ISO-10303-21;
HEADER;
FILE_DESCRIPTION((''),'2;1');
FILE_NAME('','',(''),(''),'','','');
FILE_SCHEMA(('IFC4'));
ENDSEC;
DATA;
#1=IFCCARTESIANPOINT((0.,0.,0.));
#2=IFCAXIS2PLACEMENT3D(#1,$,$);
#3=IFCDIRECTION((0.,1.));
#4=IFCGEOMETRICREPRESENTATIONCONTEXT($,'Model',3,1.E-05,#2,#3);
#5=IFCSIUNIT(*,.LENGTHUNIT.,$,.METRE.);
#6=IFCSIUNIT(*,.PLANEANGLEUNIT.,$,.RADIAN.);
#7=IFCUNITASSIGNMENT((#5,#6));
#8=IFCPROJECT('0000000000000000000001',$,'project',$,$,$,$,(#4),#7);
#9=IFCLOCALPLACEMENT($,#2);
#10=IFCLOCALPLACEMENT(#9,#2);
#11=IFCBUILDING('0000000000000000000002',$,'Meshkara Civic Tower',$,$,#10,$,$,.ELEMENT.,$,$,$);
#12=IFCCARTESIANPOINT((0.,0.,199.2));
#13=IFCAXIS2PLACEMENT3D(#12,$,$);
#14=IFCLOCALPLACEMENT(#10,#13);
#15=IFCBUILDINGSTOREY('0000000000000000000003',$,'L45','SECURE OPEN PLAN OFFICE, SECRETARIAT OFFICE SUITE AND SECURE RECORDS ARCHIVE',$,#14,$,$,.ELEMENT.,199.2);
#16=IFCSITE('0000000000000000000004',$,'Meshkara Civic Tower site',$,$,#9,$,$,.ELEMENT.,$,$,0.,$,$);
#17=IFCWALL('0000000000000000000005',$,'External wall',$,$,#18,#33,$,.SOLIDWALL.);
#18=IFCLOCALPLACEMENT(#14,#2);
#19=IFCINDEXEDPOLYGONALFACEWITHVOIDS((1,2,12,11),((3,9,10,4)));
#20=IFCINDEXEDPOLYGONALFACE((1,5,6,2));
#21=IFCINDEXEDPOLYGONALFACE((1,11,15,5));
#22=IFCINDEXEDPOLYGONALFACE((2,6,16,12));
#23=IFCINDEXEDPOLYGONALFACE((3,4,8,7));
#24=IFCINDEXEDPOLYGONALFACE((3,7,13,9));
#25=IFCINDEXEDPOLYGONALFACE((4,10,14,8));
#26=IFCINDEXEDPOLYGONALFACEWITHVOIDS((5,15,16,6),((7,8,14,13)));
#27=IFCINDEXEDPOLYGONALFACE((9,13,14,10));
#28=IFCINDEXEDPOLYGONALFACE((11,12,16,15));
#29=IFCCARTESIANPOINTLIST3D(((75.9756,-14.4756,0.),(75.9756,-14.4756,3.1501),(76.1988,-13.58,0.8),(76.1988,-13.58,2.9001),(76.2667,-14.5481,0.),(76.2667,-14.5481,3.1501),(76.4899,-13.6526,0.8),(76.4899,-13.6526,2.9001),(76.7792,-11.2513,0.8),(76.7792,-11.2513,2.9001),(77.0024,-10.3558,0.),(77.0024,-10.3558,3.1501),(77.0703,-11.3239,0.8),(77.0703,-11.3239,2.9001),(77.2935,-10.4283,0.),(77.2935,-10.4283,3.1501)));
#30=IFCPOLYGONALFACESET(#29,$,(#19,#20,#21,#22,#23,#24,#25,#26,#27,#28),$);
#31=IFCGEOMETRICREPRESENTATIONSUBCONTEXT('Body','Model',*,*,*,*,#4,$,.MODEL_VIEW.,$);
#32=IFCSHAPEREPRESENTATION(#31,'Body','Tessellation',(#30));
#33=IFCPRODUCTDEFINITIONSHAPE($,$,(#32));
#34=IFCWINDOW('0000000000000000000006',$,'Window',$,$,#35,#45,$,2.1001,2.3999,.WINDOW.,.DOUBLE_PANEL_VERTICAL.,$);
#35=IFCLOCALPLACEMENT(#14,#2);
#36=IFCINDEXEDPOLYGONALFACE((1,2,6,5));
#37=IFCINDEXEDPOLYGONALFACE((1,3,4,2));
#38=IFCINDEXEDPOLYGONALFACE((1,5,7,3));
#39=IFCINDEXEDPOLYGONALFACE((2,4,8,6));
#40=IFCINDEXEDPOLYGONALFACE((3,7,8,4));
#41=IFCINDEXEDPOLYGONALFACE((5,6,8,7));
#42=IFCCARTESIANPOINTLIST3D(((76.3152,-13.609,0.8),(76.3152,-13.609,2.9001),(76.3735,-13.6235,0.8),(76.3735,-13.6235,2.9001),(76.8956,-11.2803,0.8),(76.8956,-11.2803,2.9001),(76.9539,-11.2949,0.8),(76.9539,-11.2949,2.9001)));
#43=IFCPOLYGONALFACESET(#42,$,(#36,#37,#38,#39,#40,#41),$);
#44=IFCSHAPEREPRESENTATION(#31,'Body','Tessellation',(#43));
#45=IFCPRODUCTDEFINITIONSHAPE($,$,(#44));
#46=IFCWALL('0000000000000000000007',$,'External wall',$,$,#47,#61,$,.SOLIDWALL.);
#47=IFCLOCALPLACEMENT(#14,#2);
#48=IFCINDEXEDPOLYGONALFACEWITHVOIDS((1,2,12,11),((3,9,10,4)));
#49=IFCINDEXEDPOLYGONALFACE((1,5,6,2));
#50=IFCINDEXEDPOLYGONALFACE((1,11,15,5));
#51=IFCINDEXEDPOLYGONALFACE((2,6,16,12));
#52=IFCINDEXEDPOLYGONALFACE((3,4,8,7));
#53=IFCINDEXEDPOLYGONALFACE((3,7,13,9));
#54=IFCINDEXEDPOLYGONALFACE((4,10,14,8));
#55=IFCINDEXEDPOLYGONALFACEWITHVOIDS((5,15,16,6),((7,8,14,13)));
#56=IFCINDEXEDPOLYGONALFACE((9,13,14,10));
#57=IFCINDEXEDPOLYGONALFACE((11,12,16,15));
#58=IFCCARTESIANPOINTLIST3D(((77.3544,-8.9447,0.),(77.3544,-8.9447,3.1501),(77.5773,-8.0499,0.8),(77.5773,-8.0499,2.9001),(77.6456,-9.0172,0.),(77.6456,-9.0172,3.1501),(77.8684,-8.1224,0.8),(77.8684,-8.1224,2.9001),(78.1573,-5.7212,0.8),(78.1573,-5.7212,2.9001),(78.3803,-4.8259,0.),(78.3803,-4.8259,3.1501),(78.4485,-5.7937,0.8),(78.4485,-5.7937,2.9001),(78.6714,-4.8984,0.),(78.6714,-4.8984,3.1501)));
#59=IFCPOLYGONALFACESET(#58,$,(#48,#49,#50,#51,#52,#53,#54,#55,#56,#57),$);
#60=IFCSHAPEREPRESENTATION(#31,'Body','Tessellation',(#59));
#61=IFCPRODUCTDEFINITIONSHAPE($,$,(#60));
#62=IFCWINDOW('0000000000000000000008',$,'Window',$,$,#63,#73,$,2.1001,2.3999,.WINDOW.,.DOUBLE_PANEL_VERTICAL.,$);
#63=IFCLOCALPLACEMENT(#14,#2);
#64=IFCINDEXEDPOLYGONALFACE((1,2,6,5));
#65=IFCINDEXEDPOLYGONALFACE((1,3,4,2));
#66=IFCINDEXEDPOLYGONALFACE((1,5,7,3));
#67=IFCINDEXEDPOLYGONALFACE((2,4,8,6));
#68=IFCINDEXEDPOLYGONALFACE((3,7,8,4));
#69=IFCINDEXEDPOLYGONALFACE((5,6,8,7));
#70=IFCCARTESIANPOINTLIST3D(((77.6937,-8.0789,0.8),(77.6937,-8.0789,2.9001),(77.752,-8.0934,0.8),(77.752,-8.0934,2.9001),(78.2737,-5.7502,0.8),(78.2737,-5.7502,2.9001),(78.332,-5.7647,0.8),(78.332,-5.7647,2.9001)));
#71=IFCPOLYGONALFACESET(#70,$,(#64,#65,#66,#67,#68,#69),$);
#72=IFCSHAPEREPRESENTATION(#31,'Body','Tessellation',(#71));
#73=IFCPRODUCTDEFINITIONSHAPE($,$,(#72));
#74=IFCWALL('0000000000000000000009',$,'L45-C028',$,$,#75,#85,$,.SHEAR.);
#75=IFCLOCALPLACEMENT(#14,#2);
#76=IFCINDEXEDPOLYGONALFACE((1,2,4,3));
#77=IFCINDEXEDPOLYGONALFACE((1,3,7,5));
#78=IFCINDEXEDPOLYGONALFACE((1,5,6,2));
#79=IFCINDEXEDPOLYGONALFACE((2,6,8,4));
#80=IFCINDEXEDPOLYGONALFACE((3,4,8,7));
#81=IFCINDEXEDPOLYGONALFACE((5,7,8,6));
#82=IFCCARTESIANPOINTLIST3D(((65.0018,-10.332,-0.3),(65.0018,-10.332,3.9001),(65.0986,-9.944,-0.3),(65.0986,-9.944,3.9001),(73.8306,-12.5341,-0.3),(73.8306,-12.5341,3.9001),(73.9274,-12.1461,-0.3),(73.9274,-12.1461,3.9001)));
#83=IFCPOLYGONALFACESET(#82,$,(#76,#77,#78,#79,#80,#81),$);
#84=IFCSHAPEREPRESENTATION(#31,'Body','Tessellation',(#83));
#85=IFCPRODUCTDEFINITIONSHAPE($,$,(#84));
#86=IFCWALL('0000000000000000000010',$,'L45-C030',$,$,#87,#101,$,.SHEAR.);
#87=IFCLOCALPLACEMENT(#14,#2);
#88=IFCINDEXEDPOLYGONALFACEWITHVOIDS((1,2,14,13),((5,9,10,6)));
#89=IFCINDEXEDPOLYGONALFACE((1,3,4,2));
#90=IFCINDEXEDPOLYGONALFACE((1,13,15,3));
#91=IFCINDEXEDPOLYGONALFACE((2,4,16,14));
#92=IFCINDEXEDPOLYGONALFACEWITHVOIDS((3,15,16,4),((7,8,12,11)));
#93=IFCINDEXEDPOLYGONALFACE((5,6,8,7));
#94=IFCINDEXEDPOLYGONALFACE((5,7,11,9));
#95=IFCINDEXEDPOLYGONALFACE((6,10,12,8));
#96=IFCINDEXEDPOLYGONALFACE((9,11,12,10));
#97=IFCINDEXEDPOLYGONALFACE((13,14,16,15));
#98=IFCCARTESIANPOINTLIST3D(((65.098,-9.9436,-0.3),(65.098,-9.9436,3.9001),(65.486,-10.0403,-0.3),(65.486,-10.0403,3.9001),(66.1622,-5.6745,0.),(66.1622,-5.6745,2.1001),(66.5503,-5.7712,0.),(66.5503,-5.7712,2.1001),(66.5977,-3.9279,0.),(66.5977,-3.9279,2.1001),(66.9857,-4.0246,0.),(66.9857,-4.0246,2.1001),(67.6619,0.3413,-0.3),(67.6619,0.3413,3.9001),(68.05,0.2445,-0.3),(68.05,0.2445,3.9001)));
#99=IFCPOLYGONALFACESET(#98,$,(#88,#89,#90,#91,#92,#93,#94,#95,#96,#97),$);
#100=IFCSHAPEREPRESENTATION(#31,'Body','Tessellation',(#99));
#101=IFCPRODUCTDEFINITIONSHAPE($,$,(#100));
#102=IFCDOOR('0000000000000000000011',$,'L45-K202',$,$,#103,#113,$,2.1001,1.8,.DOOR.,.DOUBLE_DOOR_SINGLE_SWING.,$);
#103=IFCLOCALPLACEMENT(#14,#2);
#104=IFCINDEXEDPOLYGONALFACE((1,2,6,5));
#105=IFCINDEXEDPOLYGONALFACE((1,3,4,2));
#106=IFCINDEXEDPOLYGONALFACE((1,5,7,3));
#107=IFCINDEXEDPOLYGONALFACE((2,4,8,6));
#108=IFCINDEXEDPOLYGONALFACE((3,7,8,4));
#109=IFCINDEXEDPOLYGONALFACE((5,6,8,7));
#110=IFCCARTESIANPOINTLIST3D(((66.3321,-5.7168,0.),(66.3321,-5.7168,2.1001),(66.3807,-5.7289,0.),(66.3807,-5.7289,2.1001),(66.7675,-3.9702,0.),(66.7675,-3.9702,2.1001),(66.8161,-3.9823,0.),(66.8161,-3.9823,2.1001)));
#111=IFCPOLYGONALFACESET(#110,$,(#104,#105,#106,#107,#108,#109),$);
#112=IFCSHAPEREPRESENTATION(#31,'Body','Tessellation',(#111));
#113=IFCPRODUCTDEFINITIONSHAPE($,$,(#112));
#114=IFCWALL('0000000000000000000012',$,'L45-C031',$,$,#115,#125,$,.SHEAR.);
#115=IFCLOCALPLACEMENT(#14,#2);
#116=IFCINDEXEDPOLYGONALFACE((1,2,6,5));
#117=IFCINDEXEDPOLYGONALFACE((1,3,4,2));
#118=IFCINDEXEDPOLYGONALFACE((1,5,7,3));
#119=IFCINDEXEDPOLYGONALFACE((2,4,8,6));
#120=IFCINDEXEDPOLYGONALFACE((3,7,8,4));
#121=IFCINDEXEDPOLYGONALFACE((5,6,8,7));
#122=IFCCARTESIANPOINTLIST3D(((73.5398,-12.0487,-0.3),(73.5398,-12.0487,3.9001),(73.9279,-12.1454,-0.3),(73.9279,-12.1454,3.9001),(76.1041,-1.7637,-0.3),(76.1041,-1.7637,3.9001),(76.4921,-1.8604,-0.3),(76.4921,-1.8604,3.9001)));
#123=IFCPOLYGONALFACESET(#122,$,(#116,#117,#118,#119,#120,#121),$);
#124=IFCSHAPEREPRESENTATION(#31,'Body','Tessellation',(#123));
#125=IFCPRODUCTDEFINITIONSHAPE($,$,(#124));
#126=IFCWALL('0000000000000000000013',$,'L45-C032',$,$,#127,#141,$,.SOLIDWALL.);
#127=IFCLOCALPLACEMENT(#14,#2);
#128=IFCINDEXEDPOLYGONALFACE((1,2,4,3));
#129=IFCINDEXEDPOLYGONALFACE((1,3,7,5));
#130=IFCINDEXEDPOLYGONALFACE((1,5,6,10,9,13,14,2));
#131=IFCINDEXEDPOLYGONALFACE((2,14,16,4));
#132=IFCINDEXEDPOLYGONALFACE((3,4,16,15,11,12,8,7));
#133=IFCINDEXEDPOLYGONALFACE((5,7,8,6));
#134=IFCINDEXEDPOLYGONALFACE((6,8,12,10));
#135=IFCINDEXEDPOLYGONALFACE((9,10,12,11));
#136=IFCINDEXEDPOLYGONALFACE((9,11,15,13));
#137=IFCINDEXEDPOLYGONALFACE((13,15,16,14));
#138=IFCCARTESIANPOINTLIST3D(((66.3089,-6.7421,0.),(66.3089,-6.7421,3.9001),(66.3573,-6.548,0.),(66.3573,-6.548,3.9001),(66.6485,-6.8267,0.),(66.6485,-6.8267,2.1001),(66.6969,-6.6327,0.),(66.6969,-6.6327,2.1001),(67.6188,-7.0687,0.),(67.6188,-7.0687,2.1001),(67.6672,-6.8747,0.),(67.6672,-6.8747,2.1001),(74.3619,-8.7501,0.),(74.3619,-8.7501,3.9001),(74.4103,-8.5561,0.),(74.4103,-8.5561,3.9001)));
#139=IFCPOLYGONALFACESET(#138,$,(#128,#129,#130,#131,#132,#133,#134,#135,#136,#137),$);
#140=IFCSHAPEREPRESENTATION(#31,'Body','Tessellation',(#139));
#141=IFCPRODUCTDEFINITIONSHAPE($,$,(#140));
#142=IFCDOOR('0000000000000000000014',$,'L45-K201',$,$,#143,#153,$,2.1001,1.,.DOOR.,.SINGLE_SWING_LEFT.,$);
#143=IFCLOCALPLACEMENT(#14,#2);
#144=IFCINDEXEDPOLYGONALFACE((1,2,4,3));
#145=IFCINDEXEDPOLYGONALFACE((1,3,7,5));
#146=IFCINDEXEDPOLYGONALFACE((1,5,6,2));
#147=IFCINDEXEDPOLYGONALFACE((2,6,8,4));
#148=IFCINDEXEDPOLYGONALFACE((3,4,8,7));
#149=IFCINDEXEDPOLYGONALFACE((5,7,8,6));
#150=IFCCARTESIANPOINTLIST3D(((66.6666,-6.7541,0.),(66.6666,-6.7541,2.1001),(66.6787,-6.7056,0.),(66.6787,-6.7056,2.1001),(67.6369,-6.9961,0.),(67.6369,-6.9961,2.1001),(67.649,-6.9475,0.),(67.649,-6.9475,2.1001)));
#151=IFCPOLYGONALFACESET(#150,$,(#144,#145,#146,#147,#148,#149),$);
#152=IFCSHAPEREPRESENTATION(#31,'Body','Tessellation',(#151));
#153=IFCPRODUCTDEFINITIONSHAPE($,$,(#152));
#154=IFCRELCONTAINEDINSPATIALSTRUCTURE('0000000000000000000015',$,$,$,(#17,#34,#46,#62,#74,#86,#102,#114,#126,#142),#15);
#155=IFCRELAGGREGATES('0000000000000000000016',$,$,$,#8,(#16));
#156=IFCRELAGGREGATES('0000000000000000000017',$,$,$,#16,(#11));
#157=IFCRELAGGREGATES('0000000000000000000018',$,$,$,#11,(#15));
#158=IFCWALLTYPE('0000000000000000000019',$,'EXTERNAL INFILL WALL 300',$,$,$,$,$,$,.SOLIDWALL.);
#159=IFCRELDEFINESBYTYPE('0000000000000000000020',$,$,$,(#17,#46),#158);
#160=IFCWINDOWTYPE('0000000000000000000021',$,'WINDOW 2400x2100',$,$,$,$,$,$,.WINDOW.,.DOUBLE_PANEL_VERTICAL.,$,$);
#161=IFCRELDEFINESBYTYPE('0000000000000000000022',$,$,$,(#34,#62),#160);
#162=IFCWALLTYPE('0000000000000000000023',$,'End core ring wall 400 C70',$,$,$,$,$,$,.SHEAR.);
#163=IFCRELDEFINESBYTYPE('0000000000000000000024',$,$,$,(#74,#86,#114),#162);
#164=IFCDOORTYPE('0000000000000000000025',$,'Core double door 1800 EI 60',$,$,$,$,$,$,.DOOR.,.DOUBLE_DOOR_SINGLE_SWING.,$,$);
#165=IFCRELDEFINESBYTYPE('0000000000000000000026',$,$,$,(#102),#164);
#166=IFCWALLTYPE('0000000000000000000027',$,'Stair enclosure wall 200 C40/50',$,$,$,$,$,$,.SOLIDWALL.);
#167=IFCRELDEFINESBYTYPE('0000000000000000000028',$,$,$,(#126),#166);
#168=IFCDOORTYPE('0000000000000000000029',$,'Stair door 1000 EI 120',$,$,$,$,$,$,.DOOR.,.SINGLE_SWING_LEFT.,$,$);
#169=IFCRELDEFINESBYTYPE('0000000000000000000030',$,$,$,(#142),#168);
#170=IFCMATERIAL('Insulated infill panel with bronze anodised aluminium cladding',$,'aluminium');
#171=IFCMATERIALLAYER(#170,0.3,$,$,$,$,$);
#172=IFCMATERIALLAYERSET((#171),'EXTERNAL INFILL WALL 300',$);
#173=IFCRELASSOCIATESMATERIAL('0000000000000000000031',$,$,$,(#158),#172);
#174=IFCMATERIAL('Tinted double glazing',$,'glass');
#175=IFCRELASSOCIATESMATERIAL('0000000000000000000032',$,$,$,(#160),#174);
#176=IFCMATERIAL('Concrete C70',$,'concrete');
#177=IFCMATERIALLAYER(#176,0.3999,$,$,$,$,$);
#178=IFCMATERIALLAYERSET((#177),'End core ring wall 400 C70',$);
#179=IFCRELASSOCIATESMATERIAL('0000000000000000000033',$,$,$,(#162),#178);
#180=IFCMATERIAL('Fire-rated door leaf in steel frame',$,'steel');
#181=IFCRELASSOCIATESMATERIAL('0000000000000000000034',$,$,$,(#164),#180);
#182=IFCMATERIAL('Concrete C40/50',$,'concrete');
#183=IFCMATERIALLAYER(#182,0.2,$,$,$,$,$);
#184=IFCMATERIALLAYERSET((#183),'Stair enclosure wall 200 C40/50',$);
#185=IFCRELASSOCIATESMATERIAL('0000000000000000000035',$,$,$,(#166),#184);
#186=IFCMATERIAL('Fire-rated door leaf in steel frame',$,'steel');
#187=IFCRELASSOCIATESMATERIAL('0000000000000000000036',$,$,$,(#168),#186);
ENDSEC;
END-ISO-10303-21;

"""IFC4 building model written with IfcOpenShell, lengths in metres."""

from ifc_helpers import new_model, si_unit, direction, frame, frame_2d, origin, place, context, subcontext, project, spatial, rectangle, extrude, material, layer, layer_set, type_object, element, fill, save


model = new_model("IFC4")

# Units and contexts
model_context = context("Model", 3, precision=1e-05, world=origin(), true_north=direction((0.0, 1.0)))
body_context = subcontext(model_context, "Body", "Model", "MODEL_VIEW")
ifc_project = project(units=[si_unit("LENGTHUNIT", "METRE"), si_unit("PLANEANGLEUNIT", "RADIAN")], contexts=[model_context])

# Site, building, storey
site_placement = place(None, origin())
site = spatial("IfcSite", under=ifc_project, at=site_placement, Name="Meshkara Civic Tower site", CompositionType="ELEMENT", RefElevation=0.0)
building_placement = place(site_placement, origin())
building = spatial("IfcBuilding", under=site, at=building_placement, Name="Meshkara Civic Tower", CompositionType="ELEMENT")
storey_placement = place(building_placement, frame((0.0, 0.0, 199.2)))
storey = spatial("IfcBuildingStorey", under=building, at=storey_placement, Name="L45", Description="SECURE OPEN PLAN OFFICE, SECRETARIAT OFFICE SUITE AND SECURE RECORDS ARCHIVE", CompositionType="ELEMENT", Elevation=199.2)

# Walls, openings, windows
ifc_material_1 = material(Name="Insulated infill panel with bronze anodised aluminium cladding", Category="aluminium")
ifc_layer_1 = layer(ifc_material_1, 0.3)
ifc_layer_set_1 = layer_set([ifc_layer_1], Name="EXTERNAL INFILL WALL 300")
wall_type_1 = type_object("IfcWallType", Name="EXTERNAL INFILL WALL 300", PredefinedType="SOLIDWALL", material=ifc_layer_set_1)
ifc_material_2 = material(Name="Tinted double glazing", Category="glass")
window_type_1 = type_object("IfcWindowType", Name="WINDOW 2400x2100", PartitioningType="DOUBLE_PANEL_VERTICAL", PredefinedType="WINDOW", material=ifc_material_2)
wall_1_placement = place(storey_placement, frame((76.1211, -14.512, 0.0), z_axis=(0.0, 0.0, 1.0), x_axis=(0.241846, 0.970315, 0.0)))
wall_1 = element("IfcWall", 1, at=wall_1_placement, inside=storey, type_object=wall_type_1, Name="External wall", PredefinedType="SOLIDWALL", context=body_context, shape_type="SweptSolid", body=[
    extrude(rectangle(XDim=4.2458, YDim=0.3, at=frame_2d((2.123, 0.0))), origin(), (0.0, 0.0, 1.0), 3.1501),
])
opening_1_placement = place(wall_1_placement, frame((0.9231, 0.0, 0.8)))
opening_1 = element("IfcOpeningElement", 2, at=opening_1_placement, cuts=wall_1, PredefinedType="OPENING", context=body_context, shape_type="SweptSolid", body=[
    extrude(rectangle(XDim=2.3999, YDim=2.1001, at=frame_2d((1.2, 1.05))), frame((0.0, 0.1599, 0.0), z_axis=(0.0, -1.0, 0.0), x_axis=(1.0, 0.0, 0.0)), (0.0, 0.0, 1.0), 0.3201),
])
window_1_placement = place(opening_1_placement, origin())
window_1 = element("IfcWindow", 3, at=window_1_placement, inside=storey, type_object=window_type_1, Name="Window", OverallHeight=2.1001, OverallWidth=2.3999, PartitioningType="DOUBLE_PANEL_VERTICAL", PredefinedType="WINDOW", context=body_context, shape_type="SweptSolid", body=[
    extrude(rectangle(XDim=2.3999, YDim=2.1001, at=frame_2d((1.2, 1.05))), frame((0.0, 0.03, 0.0), z_axis=(0.0, -1.0, 0.0), x_axis=(1.0, 0.0, 0.0)), (0.0, 0.0, 1.0), 0.0601),
])
fill(opening_1, window_1)
wall_2_placement = place(storey_placement, frame((77.5, -8.981, 0.0), z_axis=(0.0, 0.0, 1.0), x_axis=(0.241683, 0.970355, 0.0)))
wall_2 = element("IfcWall", 4, at=wall_2_placement, inside=storey, type_object=wall_type_1, Name="External wall", PredefinedType="SOLIDWALL", context=body_context, shape_type="SweptSolid", body=[
    extrude(rectangle(XDim=4.2446, YDim=0.3, at=frame_2d((2.1223, 0.0))), origin(), (0.0, 0.0, 1.0), 3.1501),
])
opening_2_placement = place(wall_2_placement, frame((0.9221, 0.0, 0.8)))
opening_2 = element("IfcOpeningElement", 5, at=opening_2_placement, cuts=wall_2, PredefinedType="OPENING", context=body_context, shape_type="SweptSolid", body=[
    extrude(rectangle(XDim=2.3999, YDim=2.1001, at=frame_2d((1.2, 1.05))), frame((0.0, 0.1599, 0.0), z_axis=(0.0, -1.0, 0.0), x_axis=(1.0, 0.0, 0.0)), (0.0, 0.0, 1.0), 0.3201),
])
window_2_placement = place(opening_2_placement, origin())
window_2 = element("IfcWindow", 6, at=window_2_placement, inside=storey, type_object=window_type_1, Name="Window", OverallHeight=2.1001, OverallWidth=2.3999, PartitioningType="DOUBLE_PANEL_VERTICAL", PredefinedType="WINDOW", context=body_context, shape_type="SweptSolid", body=[
    extrude(rectangle(XDim=2.3999, YDim=2.1001, at=frame_2d((1.2, 1.05))), frame((0.0, 0.03, 0.0), z_axis=(0.0, -1.0, 0.0), x_axis=(1.0, 0.0, 0.0)), (0.0, 0.0, 1.0), 0.0601),
])
fill(opening_2, window_2)

# Wall
ifc_material_3 = material(Name="Concrete C70", Category="concrete")
ifc_layer_2 = layer(ifc_material_3, 0.3999)
ifc_layer_set_2 = layer_set([ifc_layer_2], Name="End core ring wall 400 C70")
wall_type_2 = type_object("IfcWallType", Name="End core ring wall 400 C70", PredefinedType="SHEAR", material=ifc_layer_set_2)
wall_3_placement = place(storey_placement, frame((65.05, -10.1379, -0.3), z_axis=(0.0, 0.0, 1.0), x_axis=(0.970273, -0.242012, 0.0)))
element("IfcWall", 7, at=wall_3_placement, inside=storey, type_object=wall_type_2, Name="L45-C028", PredefinedType="SHEAR", context=body_context, shape_type="SweptSolid", body=[
    extrude(rectangle(XDim=9.0994, YDim=0.3999, at=frame_2d((4.5498, 0.0))), origin(), (0.0, 0.0, 1.0), 4.2002),
])

# Wall, opening, door
wall_4_placement = place(storey_placement, frame((65.292, -9.9919, -0.3), z_axis=(0.0, 0.0, 1.0), x_axis=(0.241891, 0.970304, 0.0)))
wall_4 = element("IfcWall", 8, at=wall_4_placement, inside=storey, type_object=wall_type_2, Name="L45-C030", PredefinedType="SHEAR", context=body_context, shape_type="SweptSolid", body=[
    extrude(rectangle(XDim=10.5996, YDim=0.3999, at=frame_2d((5.2998, 0.0))), origin(), (0.0, 0.0, 1.0), 4.2002),
])
opening_3_placement = place(wall_4_placement, frame((4.3999, 0.0, 0.3)))
opening_3 = element("IfcOpeningElement", 9, at=opening_3_placement, cuts=wall_4, PredefinedType="OPENING", context=body_context, shape_type="SweptSolid", body=[
    extrude(rectangle(XDim=1.8, YDim=2.1001, at=frame_2d((0.8999, 1.05))), frame((0.0, 0.21, 0.0), z_axis=(0.0, -1.0, 0.0), x_axis=(1.0, 0.0, 0.0)), (0.0, 0.0, 1.0), 0.4199),
])
ifc_material_4 = material(Name="Fire-rated door leaf in steel frame", Category="steel")
door_type_1 = type_object("IfcDoorType", Name="Core double door 1800 EI 60", OperationType="DOUBLE_DOOR_SINGLE_SWING", PredefinedType="DOOR", material=ifc_material_4)
door_1_placement = place(opening_3_placement, origin())
door_1 = element("IfcDoor", 10, at=door_1_placement, inside=storey, type_object=door_type_1, Name="L45-K202", OperationType="DOUBLE_DOOR_SINGLE_SWING", OverallHeight=2.1001, OverallWidth=1.8, PredefinedType="DOOR", context=body_context, shape_type="SweptSolid", body=[
    extrude(rectangle(XDim=1.8, YDim=2.1001, at=frame_2d((0.8999, 1.05))), frame((0.0, 0.0249, 0.0), z_axis=(0.0, -1.0, 0.0), x_axis=(1.0, 0.0, 0.0)), (0.0, 0.0, 1.0), 0.05),
])
fill(opening_3, door_1)

# Wall
wall_5_placement = place(storey_placement, frame((73.7339, -12.0969, -0.3), z_axis=(0.0, 0.0, 1.0), x_axis=(0.241912, 0.970298, 0.0)))
element("IfcWall", 11, at=wall_5_placement, inside=storey, type_object=wall_type_2, Name="L45-C031", PredefinedType="SHEAR", context=body_context, shape_type="SweptSolid", body=[
    extrude(rectangle(XDim=10.5999, YDim=0.3999, at=frame_2d((5.2998, 0.0))), origin(), (0.0, 0.0, 1.0), 4.2002),
])

# Wall, opening, door
ifc_material_5 = material(Name="Concrete C40/50", Category="concrete")
ifc_layer_3 = layer(ifc_material_5, 0.2)
ifc_layer_set_3 = layer_set([ifc_layer_3], Name="Stair enclosure wall 200 C40/50")
wall_type_3 = type_object("IfcWallType", Name="Stair enclosure wall 200 C40/50", PredefinedType="SOLIDWALL", material=ifc_layer_set_3)
wall_6_placement = place(storey_placement, frame((66.333, -6.645, 0.0), z_axis=(0.0, 0.0, 1.0), x_axis=(0.970289, -0.241947, 0.0)))
wall_6 = element("IfcWall", 12, at=wall_6_placement, inside=storey, type_object=wall_type_3, Name="L45-C032", PredefinedType="SOLIDWALL", context=body_context, shape_type="SweptSolid", body=[
    extrude(rectangle(XDim=8.2996, YDim=0.2, at=frame_2d((4.1499, 0.0))), origin(), (0.0, 0.0, 1.0), 3.9001),
])
opening_4_placement = place(wall_6_placement, frame((0.3501, 0.0, 0.0)))
opening_4 = element("IfcOpeningElement", 13, at=opening_4_placement, cuts=wall_6, PredefinedType="OPENING", context=body_context, shape_type="SweptSolid", body=[
    extrude(rectangle(XDim=1.0, YDim=2.1001, at=frame_2d((0.5, 1.05))), frame((0.0, 0.1099, 0.0), z_axis=(0.0, -1.0, 0.0), x_axis=(1.0, 0.0, 0.0)), (0.0, 0.0, 1.0), 0.22),
])
ifc_material_6 = material(Name="Fire-rated door leaf in steel frame", Category="steel")
door_type_2 = type_object("IfcDoorType", Name="Stair door 1000 EI 120", OperationType="SINGLE_SWING_LEFT", PredefinedType="DOOR", material=ifc_material_6)
door_2_placement = place(opening_4_placement, origin())
door_2 = element("IfcDoor", 14, at=door_2_placement, inside=storey, type_object=door_type_2, Name="L45-K201", OperationType="SINGLE_SWING_LEFT", OverallHeight=2.1001, OverallWidth=1.0, PredefinedType="DOOR", context=body_context, shape_type="SweptSolid", body=[
    extrude(rectangle(XDim=1.0, YDim=2.1001, at=frame_2d((0.5, 1.05))), frame((0.0, 0.0249, 0.0), z_axis=(0.0, -1.0, 0.0), x_axis=(1.0, 0.0, 0.0)), (0.0, 0.0, 1.0), 0.05),
])
fill(opening_4, door_2)

save(model, "model.ifc")
